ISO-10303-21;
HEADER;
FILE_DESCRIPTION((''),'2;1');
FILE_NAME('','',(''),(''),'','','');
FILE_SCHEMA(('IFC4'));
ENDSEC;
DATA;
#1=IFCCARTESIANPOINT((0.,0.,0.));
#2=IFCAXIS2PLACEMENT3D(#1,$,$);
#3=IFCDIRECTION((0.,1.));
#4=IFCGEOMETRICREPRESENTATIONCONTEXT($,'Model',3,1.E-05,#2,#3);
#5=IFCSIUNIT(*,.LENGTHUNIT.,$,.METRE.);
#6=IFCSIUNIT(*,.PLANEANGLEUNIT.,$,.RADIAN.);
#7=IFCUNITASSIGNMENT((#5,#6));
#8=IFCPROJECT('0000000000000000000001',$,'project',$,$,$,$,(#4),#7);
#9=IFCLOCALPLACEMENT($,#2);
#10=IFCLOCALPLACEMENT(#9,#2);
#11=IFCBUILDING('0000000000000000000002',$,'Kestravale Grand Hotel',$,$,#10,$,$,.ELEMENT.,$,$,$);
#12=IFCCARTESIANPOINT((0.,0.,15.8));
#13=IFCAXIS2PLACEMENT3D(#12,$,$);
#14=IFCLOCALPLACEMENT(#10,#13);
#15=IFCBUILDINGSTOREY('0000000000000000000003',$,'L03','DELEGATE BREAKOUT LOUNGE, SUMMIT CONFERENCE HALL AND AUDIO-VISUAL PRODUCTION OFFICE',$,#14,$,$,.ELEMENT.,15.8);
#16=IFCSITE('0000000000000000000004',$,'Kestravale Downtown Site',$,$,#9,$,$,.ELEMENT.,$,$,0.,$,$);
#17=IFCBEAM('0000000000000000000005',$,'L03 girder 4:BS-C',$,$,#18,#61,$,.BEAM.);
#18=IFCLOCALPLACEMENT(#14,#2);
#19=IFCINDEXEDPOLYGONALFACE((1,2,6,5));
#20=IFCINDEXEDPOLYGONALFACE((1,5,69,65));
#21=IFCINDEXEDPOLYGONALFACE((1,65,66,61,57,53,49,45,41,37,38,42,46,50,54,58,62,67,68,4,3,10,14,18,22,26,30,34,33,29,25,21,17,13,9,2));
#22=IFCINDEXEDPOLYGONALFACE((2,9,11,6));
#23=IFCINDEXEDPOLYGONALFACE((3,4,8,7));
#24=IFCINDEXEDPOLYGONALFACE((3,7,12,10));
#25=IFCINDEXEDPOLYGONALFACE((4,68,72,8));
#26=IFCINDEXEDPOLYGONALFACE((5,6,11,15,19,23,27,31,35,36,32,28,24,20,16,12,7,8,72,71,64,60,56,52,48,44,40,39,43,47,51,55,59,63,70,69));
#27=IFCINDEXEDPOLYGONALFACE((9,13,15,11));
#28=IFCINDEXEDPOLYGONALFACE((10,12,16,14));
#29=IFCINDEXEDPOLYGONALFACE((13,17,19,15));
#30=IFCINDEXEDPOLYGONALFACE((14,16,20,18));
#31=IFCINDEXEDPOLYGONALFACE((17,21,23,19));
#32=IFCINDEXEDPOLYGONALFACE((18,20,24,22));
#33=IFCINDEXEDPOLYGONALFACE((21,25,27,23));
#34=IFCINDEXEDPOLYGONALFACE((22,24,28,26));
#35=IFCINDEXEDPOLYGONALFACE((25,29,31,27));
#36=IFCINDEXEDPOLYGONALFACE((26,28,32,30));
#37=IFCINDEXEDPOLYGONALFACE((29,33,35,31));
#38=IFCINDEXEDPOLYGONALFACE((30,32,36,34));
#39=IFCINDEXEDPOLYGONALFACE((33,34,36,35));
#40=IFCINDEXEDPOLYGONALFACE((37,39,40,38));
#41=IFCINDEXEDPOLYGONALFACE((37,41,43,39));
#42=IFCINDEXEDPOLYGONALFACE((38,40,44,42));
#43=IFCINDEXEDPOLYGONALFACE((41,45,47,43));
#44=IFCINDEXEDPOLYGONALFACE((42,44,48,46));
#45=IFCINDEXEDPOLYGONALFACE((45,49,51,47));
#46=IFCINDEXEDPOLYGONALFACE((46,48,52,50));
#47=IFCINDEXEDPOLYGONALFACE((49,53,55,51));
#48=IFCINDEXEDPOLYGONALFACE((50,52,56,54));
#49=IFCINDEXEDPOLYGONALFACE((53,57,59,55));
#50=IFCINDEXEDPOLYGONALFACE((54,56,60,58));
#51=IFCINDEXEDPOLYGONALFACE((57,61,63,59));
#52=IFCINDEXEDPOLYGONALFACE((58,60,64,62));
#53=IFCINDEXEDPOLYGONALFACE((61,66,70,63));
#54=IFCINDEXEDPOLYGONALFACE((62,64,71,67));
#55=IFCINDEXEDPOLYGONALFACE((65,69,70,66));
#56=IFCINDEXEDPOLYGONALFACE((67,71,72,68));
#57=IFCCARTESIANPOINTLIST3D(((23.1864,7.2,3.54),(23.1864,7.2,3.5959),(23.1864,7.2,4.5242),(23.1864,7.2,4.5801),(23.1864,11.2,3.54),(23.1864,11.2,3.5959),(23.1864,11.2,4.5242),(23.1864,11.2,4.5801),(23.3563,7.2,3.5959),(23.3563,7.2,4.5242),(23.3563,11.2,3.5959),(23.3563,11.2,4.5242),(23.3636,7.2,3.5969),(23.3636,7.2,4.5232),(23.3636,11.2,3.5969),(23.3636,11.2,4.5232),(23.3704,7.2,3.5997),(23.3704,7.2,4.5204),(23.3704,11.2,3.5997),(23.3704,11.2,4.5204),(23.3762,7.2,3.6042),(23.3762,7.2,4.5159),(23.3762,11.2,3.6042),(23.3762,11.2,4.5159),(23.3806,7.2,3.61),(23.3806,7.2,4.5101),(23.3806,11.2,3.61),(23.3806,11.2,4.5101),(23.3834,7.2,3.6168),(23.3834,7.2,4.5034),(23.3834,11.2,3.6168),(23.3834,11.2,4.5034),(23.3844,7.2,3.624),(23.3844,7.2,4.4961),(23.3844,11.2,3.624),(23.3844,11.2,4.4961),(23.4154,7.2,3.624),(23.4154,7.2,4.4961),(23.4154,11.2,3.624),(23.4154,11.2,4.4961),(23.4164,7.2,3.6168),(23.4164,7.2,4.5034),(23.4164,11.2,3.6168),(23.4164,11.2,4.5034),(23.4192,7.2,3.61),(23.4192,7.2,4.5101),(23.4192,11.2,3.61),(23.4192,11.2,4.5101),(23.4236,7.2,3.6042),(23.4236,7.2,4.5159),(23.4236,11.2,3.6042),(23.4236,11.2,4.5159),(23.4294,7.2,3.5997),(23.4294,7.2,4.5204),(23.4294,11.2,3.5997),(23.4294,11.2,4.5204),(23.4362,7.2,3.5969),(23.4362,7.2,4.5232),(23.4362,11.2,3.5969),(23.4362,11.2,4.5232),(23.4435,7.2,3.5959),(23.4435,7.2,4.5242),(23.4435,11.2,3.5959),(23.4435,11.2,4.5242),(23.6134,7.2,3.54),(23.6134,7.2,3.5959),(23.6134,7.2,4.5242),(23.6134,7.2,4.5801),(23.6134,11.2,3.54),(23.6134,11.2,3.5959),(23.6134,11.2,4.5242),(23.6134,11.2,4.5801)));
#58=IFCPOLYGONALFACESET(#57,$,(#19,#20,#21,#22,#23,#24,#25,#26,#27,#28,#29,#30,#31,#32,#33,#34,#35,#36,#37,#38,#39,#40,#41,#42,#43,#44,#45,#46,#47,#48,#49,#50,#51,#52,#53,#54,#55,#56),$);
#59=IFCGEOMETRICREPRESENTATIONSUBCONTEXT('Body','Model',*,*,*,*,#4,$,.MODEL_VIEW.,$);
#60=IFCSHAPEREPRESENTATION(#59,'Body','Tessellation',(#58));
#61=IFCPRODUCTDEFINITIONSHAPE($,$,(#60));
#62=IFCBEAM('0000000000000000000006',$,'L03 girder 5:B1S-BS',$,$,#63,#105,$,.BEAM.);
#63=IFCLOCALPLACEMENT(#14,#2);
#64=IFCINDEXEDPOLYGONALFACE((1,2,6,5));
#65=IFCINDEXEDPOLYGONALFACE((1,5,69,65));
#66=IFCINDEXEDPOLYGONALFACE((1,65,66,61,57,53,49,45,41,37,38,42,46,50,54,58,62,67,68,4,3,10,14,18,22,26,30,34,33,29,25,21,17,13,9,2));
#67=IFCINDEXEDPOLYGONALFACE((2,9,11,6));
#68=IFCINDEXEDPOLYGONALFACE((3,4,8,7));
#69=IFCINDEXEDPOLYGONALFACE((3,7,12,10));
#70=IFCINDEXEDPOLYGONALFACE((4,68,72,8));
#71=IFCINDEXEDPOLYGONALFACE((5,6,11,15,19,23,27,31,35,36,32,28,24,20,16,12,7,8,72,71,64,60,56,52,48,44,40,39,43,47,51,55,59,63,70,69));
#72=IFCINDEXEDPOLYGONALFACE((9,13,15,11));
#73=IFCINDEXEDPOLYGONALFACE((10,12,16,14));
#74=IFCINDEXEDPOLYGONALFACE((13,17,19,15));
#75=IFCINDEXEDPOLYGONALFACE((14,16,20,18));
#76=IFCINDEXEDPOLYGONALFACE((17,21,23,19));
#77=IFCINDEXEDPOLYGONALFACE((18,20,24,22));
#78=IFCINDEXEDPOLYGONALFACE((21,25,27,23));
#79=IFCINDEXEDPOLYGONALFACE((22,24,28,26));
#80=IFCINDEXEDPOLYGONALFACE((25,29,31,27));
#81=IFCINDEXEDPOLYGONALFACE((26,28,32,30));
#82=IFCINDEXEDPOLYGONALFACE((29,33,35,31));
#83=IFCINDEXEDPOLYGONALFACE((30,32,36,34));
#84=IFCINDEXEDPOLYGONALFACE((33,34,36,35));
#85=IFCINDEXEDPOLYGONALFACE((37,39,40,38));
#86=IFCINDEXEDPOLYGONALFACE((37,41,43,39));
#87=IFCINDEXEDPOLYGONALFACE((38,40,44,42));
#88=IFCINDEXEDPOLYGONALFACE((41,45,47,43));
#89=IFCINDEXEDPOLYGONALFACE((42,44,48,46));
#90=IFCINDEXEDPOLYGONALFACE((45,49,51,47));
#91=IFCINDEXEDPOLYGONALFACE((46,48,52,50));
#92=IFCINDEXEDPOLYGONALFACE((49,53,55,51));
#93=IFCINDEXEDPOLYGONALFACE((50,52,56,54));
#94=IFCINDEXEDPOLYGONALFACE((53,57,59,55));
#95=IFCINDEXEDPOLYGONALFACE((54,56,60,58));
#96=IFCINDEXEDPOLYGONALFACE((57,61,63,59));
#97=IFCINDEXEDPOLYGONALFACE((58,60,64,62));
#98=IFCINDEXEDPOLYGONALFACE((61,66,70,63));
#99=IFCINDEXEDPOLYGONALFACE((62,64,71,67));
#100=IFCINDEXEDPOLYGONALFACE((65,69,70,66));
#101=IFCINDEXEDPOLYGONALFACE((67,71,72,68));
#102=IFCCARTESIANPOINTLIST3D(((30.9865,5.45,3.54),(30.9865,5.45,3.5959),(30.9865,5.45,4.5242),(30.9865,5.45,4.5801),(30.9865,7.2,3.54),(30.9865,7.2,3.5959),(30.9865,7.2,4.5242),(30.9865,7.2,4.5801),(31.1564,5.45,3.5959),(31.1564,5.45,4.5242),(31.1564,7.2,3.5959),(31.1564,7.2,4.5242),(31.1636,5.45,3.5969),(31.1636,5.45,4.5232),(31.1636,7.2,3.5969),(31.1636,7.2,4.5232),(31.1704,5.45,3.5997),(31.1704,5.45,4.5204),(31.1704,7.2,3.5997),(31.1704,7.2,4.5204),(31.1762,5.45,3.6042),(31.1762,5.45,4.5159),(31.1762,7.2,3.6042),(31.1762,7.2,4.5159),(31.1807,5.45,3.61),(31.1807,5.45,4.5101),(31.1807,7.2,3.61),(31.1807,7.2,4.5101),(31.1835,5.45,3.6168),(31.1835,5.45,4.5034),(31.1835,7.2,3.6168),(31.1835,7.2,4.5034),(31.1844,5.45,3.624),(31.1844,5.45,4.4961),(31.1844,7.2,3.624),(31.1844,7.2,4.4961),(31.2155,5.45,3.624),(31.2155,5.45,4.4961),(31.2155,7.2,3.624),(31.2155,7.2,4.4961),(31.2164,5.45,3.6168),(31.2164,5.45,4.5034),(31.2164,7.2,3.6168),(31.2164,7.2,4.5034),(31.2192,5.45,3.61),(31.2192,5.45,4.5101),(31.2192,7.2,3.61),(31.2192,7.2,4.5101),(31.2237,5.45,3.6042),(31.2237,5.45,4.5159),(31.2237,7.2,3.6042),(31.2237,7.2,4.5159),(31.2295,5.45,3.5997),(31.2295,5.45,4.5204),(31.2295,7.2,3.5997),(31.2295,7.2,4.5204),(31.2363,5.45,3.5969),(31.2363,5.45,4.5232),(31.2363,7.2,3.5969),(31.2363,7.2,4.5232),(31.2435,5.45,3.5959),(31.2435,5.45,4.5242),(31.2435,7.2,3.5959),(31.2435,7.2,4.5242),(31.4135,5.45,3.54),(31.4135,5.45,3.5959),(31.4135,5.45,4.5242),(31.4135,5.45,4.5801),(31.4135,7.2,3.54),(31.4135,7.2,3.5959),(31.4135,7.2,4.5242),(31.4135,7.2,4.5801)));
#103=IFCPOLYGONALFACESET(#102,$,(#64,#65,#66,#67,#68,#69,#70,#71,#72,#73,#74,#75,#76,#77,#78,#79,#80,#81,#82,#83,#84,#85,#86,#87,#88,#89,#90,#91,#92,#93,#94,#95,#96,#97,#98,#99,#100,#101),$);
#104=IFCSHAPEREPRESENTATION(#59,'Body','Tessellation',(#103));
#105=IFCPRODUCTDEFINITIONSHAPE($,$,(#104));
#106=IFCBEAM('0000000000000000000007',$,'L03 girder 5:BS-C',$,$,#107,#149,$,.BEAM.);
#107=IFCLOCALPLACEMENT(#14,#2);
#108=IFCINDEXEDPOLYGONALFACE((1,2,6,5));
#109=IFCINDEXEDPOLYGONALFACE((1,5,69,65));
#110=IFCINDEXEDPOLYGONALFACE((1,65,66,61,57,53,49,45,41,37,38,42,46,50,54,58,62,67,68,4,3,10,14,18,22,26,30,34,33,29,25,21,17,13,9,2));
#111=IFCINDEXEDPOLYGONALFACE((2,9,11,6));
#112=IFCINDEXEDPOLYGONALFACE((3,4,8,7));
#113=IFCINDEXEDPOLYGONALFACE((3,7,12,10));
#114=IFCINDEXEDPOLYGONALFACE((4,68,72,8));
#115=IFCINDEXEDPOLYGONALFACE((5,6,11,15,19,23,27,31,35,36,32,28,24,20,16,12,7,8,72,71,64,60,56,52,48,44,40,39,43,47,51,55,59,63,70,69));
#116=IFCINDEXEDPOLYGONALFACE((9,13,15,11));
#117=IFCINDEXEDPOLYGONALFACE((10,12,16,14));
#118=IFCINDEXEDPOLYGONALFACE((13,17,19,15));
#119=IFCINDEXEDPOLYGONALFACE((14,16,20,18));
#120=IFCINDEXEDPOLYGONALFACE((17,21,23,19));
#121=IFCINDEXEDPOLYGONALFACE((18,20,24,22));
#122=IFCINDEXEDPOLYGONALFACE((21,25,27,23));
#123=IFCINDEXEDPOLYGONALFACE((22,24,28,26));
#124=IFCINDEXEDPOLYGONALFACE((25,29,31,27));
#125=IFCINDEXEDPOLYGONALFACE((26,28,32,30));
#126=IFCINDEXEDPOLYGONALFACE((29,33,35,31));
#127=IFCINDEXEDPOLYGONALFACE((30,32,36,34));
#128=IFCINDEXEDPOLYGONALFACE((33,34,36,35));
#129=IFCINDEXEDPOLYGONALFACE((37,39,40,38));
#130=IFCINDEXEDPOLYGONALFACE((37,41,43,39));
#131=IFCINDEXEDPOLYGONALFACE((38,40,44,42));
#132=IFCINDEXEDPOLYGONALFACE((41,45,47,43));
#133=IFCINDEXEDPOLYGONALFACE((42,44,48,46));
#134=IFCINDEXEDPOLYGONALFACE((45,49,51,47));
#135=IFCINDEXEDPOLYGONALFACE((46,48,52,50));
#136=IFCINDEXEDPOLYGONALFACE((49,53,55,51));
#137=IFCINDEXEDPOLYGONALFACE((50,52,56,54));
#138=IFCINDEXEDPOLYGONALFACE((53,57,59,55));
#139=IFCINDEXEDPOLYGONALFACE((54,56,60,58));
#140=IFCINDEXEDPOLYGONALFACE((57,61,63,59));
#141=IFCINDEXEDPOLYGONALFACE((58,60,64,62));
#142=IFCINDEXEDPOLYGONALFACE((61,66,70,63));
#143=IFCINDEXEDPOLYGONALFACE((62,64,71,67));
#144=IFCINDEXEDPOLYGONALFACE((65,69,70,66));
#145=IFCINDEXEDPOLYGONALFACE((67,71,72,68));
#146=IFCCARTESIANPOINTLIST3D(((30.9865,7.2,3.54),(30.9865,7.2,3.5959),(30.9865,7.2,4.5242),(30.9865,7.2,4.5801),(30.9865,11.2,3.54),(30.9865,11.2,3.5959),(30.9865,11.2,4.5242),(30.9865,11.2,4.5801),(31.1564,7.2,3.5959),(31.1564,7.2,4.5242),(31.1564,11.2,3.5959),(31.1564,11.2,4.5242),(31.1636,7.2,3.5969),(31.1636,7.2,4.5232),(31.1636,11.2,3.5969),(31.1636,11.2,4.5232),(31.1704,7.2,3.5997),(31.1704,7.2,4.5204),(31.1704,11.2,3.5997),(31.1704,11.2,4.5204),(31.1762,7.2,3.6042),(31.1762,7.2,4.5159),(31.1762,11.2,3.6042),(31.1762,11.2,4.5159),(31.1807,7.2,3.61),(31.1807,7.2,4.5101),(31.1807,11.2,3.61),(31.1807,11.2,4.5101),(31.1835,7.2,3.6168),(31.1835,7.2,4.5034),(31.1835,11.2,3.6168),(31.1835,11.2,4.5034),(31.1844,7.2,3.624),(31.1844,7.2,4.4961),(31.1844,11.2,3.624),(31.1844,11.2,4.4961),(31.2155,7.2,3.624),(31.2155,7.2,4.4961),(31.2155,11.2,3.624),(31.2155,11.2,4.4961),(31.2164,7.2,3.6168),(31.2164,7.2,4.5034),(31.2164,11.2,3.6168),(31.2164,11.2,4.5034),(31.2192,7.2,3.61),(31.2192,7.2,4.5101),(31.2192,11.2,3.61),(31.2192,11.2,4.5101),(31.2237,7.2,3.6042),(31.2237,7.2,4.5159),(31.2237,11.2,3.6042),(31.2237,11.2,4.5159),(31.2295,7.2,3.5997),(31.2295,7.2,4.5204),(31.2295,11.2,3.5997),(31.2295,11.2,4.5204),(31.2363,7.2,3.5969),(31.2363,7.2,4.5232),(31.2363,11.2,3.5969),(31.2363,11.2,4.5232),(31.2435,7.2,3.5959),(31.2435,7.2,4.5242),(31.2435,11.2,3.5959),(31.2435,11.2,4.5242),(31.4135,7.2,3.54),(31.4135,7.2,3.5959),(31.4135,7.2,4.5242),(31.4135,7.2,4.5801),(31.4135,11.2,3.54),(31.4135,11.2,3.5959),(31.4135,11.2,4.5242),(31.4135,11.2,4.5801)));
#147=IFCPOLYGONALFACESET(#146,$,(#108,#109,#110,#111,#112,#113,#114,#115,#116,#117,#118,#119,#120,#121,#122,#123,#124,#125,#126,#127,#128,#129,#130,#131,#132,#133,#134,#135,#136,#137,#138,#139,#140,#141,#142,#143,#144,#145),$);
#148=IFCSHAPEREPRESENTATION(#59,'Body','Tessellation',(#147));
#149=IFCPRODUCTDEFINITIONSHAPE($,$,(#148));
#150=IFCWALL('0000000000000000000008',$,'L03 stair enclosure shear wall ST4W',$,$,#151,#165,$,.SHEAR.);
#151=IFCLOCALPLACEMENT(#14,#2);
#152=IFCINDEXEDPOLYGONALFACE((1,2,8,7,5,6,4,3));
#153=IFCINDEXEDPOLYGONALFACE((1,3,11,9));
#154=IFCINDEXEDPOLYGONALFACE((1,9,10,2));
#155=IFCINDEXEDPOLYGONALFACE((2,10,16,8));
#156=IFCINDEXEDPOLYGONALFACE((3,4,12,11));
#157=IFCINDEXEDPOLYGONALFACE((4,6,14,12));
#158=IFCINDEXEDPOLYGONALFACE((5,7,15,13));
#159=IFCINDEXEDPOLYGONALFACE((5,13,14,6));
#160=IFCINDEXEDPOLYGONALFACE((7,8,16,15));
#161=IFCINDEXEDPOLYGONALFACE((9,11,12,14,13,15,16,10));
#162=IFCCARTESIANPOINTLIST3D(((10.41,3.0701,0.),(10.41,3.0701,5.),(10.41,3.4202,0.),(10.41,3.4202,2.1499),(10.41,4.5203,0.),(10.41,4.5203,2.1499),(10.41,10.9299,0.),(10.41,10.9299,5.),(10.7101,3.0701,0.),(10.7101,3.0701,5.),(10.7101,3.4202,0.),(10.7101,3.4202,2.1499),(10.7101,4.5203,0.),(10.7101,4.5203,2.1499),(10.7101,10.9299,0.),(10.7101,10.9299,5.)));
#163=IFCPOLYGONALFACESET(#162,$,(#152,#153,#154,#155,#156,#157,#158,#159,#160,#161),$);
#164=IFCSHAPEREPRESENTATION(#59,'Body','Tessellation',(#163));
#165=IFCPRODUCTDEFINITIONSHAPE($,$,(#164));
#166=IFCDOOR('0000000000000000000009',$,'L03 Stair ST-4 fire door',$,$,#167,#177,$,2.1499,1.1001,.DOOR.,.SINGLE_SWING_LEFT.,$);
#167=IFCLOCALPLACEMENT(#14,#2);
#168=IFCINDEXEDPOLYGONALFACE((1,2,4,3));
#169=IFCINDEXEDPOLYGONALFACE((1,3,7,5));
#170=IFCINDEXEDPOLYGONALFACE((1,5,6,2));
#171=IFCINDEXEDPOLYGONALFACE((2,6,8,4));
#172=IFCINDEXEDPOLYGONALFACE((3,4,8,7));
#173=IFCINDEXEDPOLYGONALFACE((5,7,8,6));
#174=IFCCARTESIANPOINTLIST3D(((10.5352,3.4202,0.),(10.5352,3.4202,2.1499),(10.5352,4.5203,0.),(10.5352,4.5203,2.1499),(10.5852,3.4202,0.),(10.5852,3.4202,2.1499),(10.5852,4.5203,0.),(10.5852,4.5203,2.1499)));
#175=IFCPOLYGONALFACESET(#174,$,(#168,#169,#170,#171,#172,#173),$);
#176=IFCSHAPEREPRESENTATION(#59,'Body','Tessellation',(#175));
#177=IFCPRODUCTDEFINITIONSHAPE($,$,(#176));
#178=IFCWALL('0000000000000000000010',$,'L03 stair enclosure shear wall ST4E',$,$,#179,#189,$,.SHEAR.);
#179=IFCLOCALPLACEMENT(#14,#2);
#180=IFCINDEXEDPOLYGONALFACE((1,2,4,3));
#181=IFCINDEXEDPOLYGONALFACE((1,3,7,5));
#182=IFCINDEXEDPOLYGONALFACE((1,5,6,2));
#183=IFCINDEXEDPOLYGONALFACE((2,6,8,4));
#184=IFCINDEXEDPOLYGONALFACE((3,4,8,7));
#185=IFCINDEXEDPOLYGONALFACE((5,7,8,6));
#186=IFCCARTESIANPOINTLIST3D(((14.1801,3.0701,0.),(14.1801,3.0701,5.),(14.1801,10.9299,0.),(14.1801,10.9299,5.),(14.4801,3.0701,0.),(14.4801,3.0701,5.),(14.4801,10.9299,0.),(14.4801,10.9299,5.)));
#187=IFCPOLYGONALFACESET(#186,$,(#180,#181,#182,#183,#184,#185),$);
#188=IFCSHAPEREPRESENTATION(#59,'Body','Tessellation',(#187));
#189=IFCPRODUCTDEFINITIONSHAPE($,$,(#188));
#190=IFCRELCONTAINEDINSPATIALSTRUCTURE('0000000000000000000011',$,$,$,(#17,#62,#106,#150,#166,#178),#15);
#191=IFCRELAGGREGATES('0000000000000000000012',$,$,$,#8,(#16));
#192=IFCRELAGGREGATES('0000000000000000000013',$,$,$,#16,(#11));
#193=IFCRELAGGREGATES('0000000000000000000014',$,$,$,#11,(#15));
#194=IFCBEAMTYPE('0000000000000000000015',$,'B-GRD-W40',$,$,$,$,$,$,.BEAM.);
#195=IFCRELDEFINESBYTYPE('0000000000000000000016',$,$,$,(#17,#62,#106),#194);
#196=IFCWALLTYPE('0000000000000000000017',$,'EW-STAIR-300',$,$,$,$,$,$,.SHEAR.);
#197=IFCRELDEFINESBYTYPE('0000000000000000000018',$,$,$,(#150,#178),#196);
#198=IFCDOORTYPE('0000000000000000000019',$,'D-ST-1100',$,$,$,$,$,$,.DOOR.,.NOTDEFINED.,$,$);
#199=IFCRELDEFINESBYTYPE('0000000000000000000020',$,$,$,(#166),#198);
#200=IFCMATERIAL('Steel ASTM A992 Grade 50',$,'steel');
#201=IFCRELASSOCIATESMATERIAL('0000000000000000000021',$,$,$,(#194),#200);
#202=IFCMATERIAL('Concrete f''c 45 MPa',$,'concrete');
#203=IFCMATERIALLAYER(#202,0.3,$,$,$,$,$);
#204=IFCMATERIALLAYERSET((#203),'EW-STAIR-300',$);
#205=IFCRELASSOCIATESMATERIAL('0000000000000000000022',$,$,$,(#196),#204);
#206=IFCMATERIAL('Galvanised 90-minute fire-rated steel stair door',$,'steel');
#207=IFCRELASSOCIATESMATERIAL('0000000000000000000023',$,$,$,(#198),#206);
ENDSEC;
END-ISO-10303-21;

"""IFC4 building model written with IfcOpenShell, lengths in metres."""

from ifc_helpers import new_model, si_unit, direction, frame, frame_2d, origin, origin_2d, place, context, subcontext, project, spatial, rectangle, i_section, extrude, material, layer, layer_set, material_profile, profile_set, type_object, element, fill, save


model = new_model("IFC4")

# Units and contexts
model_context = context("Model", 3, precision=1e-05, world=origin(), true_north=direction((0.0, 1.0)))
body_context = subcontext(model_context, "Body", "Model", "MODEL_VIEW")
ifc_project = project(units=[si_unit("LENGTHUNIT", "METRE"), si_unit("PLANEANGLEUNIT", "RADIAN")], contexts=[model_context])

# Site, building, storey
site_placement = place(None, origin())
site = spatial("IfcSite", under=ifc_project, at=site_placement, Name="Kestravale Downtown Site", CompositionType="ELEMENT", RefElevation=0.0)
building_placement = place(site_placement, origin())
building = spatial("IfcBuilding", under=site, at=building_placement, Name="Kestravale Grand Hotel", CompositionType="ELEMENT")
storey_placement = place(building_placement, frame((0.0, 0.0, 15.8)))
storey = spatial("IfcBuildingStorey", under=building, at=storey_placement, Name="L03", Description="DELEGATE BREAKOUT LOUNGE, SUMMIT CONFERENCE HALL AND AUDIO-VISUAL PRODUCTION OFFICE", CompositionType="ELEMENT", Elevation=15.8)

# Beams
ifc_material_1 = material(Name="Steel ASTM A992 Grade 50", Category="steel")
ifc_material_profile_1 = material_profile(ifc_material_1, i_section(OverallWidth=0.427, OverallDepth=1.04, WebThickness=0.031, FlangeThickness=0.0559, FilletRadius=0.0281, at=origin_2d()))
ifc_profile_set_1 = profile_set([ifc_material_profile_1], Name="Steel ASTM A992 Grade 50")
beam_type_1 = type_object("IfcBeamType", Name="B-GRD-W40", PredefinedType="BEAM", material=ifc_profile_set_1)
beam_1_placement = place(storey_placement, frame((23.3999, 7.2, 4.0601), z_axis=(0.0, 1.0, 0.0), x_axis=(-1.0, 0.0, 0.0)))
element("IfcBeam", 1, at=beam_1_placement, inside=storey, type_object=beam_type_1, Name="L03 girder 4:BS-C", PredefinedType="BEAM", context=body_context, shape_type="SweptSolid", body=[
    extrude(i_section(OverallWidth=0.427, OverallDepth=1.04, WebThickness=0.031, FlangeThickness=0.0559, FilletRadius=0.0281, at=origin_2d()), origin(), (0.0, 0.0, 1.0), 4.0),
])
beam_2_placement = place(storey_placement, frame((31.2, 5.45, 4.0601), z_axis=(0.0, 1.0, 0.0), x_axis=(-1.0, 0.0, 0.0)))
element("IfcBeam", 2, at=beam_2_placement, inside=storey, type_object=beam_type_1, Name="L03 girder 5:B1S-BS", PredefinedType="BEAM", context=body_context, shape_type="SweptSolid", body=[
    extrude(i_section(OverallWidth=0.427, OverallDepth=1.04, WebThickness=0.031, FlangeThickness=0.0559, FilletRadius=0.0281, at=origin_2d()), origin(), (0.0, 0.0, 1.0), 1.75),
])
beam_3_placement = place(storey_placement, frame((31.2, 7.2, 4.0601), z_axis=(0.0, 1.0, 0.0), x_axis=(-1.0, 0.0, 0.0)))
element("IfcBeam", 3, at=beam_3_placement, inside=storey, type_object=beam_type_1, Name="L03 girder 5:BS-C", PredefinedType="BEAM", context=body_context, shape_type="SweptSolid", body=[
    extrude(i_section(OverallWidth=0.427, OverallDepth=1.04, WebThickness=0.031, FlangeThickness=0.0559, FilletRadius=0.0281, at=origin_2d()), origin(), (0.0, 0.0, 1.0), 4.0),
])

# Wall, opening, door
ifc_material_2 = material(Name="Concrete f'c 45 MPa", Category="concrete")
ifc_layer_1 = layer(ifc_material_2, 0.3)
ifc_layer_set_1 = layer_set([ifc_layer_1], Name="EW-STAIR-300")
wall_type_1 = type_object("IfcWallType", Name="EW-STAIR-300", PredefinedType="SHEAR", material=ifc_layer_set_1)
wall_1_placement = place(storey_placement, frame((10.5601, 3.0701, 0.0), z_axis=(0.0, 0.0, 1.0), x_axis=(0.0, 1.0, 0.0)))
wall_1 = element("IfcWall", 4, at=wall_1_placement, inside=storey, type_object=wall_type_1, Name="L03 stair enclosure shear wall ST4W", PredefinedType="SHEAR", context=body_context, shape_type="SweptSolid", body=[
    extrude(rectangle(XDim=7.8599, YDim=0.3, at=frame_2d((3.9299, 0.0))), origin(), (0.0, 0.0, 1.0), 5.0),
])
opening_placement = place(wall_1_placement, frame((0.3501, 0.0, 0.0)))
opening = element("IfcOpeningElement", 5, at=opening_placement, cuts=wall_1, PredefinedType="OPENING", context=body_context, shape_type="SweptSolid", body=[
    extrude(rectangle(XDim=1.1001, YDim=2.1499, at=frame_2d((0.55, 1.075))), frame((0.0, 0.1599, 0.0), z_axis=(0.0, -1.0, 0.0), x_axis=(1.0, 0.0, 0.0)), (0.0, 0.0, 1.0), 0.3201),
])
ifc_material_3 = material(Name="Galvanised 90-minute fire-rated steel stair door", Category="steel")
door_type = type_object("IfcDoorType", Name="D-ST-1100", OperationType="NOTDEFINED", PredefinedType="DOOR", material=ifc_material_3)
door_placement = place(opening_placement, origin())
door = element("IfcDoor", 6, at=door_placement, inside=storey, type_object=door_type, Name="L03 Stair ST-4 fire door", OperationType="SINGLE_SWING_LEFT", OverallHeight=2.1499, OverallWidth=1.1001, PredefinedType="DOOR", context=body_context, shape_type="SweptSolid", body=[
    extrude(rectangle(XDim=1.1001, YDim=2.1499, at=frame_2d((0.55, 1.075))), frame((0.0, 0.0249, 0.0), z_axis=(0.0, -1.0, 0.0), x_axis=(1.0, 0.0, 0.0)), (0.0, 0.0, 1.0), 0.05),
])
fill(opening, door)

# Wall
wall_2_placement = place(storey_placement, frame((14.3301, 3.0701, 0.0), z_axis=(0.0, 0.0, 1.0), x_axis=(0.0, 1.0, 0.0)))
element("IfcWall", 7, at=wall_2_placement, inside=storey, type_object=wall_type_1, Name="L03 stair enclosure shear wall ST4E", PredefinedType="SHEAR", context=body_context, shape_type="SweptSolid", body=[
    extrude(rectangle(XDim=7.8599, YDim=0.3, at=frame_2d((3.9299, 0.0))), origin(), (0.0, 0.0, 1.0), 5.0),
])

save(model, "model.ifc")
